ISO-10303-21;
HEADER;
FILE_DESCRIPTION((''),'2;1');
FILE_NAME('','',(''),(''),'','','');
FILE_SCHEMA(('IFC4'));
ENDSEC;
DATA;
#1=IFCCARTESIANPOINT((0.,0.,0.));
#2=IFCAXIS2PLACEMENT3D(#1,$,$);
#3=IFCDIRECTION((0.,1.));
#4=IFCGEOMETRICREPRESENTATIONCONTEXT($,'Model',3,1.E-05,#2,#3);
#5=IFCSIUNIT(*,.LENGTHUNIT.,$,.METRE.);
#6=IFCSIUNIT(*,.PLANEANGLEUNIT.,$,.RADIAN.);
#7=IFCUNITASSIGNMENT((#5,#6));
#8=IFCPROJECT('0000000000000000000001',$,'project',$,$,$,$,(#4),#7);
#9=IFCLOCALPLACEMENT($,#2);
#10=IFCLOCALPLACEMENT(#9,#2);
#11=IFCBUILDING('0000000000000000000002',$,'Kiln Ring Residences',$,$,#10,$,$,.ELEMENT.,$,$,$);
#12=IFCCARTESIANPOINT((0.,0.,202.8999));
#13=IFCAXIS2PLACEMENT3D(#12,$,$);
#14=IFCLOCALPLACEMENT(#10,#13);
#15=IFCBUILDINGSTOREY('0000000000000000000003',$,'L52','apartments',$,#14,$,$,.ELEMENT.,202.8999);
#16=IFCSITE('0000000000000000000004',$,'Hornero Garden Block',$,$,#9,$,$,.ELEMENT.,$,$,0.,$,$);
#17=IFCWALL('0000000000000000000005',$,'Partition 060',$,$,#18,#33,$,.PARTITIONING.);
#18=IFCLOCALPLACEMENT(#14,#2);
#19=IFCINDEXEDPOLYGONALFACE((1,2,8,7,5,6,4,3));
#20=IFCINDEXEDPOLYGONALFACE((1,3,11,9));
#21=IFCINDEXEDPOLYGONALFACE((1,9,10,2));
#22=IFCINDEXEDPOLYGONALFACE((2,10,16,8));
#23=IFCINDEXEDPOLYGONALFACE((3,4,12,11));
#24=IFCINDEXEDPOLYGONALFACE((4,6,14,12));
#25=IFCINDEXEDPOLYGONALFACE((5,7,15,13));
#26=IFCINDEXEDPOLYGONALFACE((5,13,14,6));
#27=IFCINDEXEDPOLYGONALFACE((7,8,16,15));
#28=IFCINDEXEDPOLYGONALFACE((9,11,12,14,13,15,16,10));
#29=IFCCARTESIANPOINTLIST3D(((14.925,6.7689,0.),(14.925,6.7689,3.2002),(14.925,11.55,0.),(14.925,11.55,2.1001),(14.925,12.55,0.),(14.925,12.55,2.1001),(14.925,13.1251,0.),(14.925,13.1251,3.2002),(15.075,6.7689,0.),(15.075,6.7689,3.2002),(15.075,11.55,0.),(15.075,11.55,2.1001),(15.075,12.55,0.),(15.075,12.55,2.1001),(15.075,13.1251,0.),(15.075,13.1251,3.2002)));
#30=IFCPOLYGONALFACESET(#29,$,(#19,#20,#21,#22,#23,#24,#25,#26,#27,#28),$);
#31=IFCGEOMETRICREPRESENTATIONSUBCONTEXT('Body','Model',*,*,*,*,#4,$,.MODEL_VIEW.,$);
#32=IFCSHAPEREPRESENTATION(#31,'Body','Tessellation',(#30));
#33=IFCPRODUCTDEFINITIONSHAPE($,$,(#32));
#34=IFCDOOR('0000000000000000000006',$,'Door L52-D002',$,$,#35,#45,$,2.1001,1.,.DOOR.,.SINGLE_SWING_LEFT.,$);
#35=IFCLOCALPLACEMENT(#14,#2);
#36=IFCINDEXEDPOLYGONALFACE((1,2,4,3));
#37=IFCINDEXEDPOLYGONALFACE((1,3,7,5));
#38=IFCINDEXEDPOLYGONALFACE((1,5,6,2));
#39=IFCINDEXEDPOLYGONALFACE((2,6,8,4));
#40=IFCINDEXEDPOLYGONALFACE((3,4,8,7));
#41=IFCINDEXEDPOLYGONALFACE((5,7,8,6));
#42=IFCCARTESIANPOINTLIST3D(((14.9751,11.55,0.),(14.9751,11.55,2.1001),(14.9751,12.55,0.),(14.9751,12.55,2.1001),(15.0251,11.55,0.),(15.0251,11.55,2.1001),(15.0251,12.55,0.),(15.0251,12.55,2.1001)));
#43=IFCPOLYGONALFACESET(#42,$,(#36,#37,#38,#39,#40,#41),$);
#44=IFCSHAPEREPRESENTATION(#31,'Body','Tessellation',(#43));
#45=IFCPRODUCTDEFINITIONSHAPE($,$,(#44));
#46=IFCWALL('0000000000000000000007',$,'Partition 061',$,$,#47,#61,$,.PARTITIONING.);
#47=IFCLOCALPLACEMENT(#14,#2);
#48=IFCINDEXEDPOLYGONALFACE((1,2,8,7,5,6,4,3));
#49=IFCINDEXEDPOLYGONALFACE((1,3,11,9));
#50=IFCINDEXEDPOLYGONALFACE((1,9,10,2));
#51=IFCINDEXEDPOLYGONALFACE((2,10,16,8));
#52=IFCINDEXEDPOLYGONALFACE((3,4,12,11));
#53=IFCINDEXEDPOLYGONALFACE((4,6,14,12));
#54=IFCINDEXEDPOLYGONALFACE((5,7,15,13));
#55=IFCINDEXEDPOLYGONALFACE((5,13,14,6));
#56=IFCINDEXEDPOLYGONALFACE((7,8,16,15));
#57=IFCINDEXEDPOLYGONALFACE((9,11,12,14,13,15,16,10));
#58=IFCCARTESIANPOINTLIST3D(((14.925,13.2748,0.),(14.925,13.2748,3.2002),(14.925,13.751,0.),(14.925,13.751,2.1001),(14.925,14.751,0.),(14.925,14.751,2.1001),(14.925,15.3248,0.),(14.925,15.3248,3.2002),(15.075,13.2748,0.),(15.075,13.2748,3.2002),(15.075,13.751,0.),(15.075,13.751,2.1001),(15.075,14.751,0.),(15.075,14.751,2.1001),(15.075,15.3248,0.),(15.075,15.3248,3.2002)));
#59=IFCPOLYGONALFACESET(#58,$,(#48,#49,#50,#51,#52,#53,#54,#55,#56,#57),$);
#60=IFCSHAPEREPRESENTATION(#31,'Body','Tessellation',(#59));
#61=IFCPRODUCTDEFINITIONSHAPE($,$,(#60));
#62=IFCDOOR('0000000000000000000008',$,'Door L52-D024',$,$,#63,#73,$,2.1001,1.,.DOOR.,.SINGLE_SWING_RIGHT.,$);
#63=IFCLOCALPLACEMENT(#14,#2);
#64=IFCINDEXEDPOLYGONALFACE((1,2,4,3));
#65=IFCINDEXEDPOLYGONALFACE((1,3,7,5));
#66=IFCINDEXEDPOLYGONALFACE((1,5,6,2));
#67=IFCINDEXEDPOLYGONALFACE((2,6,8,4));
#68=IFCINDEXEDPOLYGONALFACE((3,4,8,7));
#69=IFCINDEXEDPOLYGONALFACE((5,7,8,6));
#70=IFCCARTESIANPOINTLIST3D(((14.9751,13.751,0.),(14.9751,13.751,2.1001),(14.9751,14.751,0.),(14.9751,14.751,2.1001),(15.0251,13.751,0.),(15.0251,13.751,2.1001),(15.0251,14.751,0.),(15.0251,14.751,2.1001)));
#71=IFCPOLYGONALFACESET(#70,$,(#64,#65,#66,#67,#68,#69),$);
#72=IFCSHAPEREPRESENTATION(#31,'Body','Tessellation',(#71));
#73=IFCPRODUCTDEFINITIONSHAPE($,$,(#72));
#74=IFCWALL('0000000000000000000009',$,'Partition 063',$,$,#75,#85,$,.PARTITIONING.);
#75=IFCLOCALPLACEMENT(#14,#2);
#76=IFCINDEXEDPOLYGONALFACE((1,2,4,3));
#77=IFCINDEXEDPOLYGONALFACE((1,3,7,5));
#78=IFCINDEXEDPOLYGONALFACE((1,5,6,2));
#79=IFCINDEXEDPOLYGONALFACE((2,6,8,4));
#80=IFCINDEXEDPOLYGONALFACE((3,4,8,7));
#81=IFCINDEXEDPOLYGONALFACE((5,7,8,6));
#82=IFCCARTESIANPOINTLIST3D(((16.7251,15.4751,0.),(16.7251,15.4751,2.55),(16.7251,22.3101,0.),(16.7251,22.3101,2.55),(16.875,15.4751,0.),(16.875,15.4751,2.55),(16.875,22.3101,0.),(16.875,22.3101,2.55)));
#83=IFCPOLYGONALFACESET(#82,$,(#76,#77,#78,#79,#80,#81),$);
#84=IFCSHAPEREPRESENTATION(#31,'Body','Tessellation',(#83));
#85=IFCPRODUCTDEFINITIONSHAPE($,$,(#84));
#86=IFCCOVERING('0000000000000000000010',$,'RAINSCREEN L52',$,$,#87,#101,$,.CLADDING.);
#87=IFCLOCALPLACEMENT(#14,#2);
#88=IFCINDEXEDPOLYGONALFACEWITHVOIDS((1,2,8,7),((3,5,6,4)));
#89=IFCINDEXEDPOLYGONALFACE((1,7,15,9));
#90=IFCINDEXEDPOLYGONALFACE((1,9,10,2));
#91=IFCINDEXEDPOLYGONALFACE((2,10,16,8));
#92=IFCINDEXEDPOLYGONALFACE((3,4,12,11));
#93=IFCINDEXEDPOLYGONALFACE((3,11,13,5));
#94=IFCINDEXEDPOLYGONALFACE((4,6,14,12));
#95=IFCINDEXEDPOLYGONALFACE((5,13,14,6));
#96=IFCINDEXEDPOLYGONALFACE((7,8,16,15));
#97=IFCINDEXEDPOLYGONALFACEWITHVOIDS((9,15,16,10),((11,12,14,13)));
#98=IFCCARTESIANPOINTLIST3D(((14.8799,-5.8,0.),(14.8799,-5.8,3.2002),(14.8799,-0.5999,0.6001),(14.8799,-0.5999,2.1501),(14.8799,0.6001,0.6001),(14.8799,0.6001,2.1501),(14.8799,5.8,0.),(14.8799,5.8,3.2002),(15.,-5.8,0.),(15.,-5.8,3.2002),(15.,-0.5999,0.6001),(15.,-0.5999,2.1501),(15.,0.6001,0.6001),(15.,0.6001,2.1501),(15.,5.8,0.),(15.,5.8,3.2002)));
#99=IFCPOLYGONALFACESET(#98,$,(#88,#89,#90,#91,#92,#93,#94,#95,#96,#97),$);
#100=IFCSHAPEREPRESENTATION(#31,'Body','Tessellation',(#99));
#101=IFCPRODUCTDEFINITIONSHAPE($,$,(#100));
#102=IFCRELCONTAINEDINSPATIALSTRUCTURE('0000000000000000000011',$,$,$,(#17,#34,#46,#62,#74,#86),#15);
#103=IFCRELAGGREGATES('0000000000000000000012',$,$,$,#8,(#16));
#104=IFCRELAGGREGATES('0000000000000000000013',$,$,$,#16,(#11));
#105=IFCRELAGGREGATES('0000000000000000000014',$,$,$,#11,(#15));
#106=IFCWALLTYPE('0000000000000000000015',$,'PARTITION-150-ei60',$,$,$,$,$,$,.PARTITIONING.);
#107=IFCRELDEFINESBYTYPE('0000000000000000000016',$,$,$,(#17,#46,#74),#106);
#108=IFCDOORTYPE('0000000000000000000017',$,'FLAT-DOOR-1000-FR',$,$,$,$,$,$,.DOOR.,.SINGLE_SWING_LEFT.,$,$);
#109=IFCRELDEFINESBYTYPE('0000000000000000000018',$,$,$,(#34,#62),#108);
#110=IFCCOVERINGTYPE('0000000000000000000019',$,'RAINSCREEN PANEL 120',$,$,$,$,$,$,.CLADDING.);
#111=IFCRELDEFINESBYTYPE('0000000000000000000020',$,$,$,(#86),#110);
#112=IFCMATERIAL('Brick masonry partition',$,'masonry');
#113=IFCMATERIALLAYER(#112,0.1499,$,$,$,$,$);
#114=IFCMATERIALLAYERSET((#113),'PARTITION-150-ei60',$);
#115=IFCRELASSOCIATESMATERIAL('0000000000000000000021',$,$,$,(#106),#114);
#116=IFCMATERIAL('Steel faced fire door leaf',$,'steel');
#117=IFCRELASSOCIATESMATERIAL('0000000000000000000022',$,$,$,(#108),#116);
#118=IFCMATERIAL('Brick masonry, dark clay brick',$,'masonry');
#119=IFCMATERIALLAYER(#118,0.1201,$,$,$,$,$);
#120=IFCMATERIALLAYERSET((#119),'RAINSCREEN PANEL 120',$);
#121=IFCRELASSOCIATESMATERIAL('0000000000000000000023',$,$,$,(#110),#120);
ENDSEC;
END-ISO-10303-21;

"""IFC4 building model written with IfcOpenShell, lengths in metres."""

from ifc_helpers import new_model, si_unit, direction, frame, frame_2d, origin, place, context, subcontext, project, spatial, polyline, rectangle, outline, extrude, material, layer, layer_set, type_object, element, fill, save


model = new_model("IFC4")

# Units and contexts
model_context = context("Model", 3, precision=1e-05, world=origin(), true_north=direction((0.0, 1.0)))
body_context = subcontext(model_context, "Body", "Model", "MODEL_VIEW")
ifc_project = project(units=[si_unit("LENGTHUNIT", "METRE"), si_unit("PLANEANGLEUNIT", "RADIAN")], contexts=[model_context])

# Site, building, storey
site_placement = place(None, origin())
site = spatial("IfcSite", under=ifc_project, at=site_placement, Name="Hornero Garden Block", CompositionType="ELEMENT", RefElevation=0.0)
building_placement = place(site_placement, origin())
building = spatial("IfcBuilding", under=site, at=building_placement, Name="Kiln Ring Residences", CompositionType="ELEMENT")
storey_placement = place(building_placement, frame((0.0, 0.0, 202.8999)))
storey = spatial("IfcBuildingStorey", under=building, at=storey_placement, Name="L52", Description="apartments", CompositionType="ELEMENT", Elevation=202.8999)

# Shared definitions
ifc_material_1 = material(Name="Brick masonry partition", Category="masonry")
ifc_layer_1 = layer(ifc_material_1, 0.1499)
ifc_layer_set_1 = layer_set([ifc_layer_1], Name="PARTITION-150-ei60")
wall_type_1 = type_object("IfcWallType", Name="PARTITION-150-ei60", PredefinedType="PARTITIONING", material=ifc_layer_set_1)
ifc_material_2 = material(Name="Steel faced fire door leaf", Category="steel")
door_type_1 = type_object("IfcDoorType", Name="FLAT-DOOR-1000-FR", OperationType="SINGLE_SWING_LEFT", PredefinedType="DOOR", material=ifc_material_2)

# Walls, openings, doors
wall_1_placement = place(storey_placement, frame((15.0, 6.7688, 0.0), z_axis=(0.0, 0.0, 1.0), x_axis=(0.0, 1.0, 0.0)))
wall_1 = element("IfcWall", 1, at=wall_1_placement, inside=storey, type_object=wall_type_1, Name="Partition 060", PredefinedType="PARTITIONING", context=body_context, shape_type="SweptSolid", body=[
    extrude(rectangle(XDim=6.3562, YDim=0.1499, at=frame_2d((3.1782, 0.0))), origin(), (0.0, 0.0, 1.0), 3.2002),
])
opening_1_placement = place(wall_1_placement, frame((4.7812, 0.0, 0.0)))
opening_1 = element("IfcOpeningElement", 2, at=opening_1_placement, cuts=wall_1, PredefinedType="OPENING", context=body_context, shape_type="SweptSolid", body=[
    extrude(rectangle(XDim=1.0, YDim=2.1001, at=frame_2d((0.5, 1.05))), frame((0.0, 0.085, 0.0), z_axis=(0.0, -1.0, 0.0), x_axis=(1.0, 0.0, 0.0)), (0.0, 0.0, 1.0), 0.1699),
])
door_1_placement = place(opening_1_placement, origin())
door_1 = element("IfcDoor", 3, at=door_1_placement, inside=storey, type_object=door_type_1, Name="Door L52-D002", OperationType="SINGLE_SWING_LEFT", OverallHeight=2.1001, OverallWidth=1.0, PredefinedType="DOOR", context=body_context, shape_type="SweptSolid", body=[
    extrude(rectangle(XDim=1.0, YDim=2.1001, at=frame_2d((0.5, 1.05))), frame((0.0, 0.0249, 0.0), z_axis=(0.0, -1.0, 0.0), x_axis=(1.0, 0.0, 0.0)), (0.0, 0.0, 1.0), 0.05),
])
fill(opening_1, door_1)
wall_2_placement = place(storey_placement, frame((15.0, 13.2749, 0.0), z_axis=(0.0, 0.0, 1.0), x_axis=(0.0, 1.0, 0.0)))
wall_2 = element("IfcWall", 4, at=wall_2_placement, inside=storey, type_object=wall_type_1, Name="Partition 061", PredefinedType="PARTITIONING", context=body_context, shape_type="SweptSolid", body=[
    extrude(rectangle(XDim=2.05, YDim=0.1499, at=frame_2d((1.0249, 0.0))), origin(), (0.0, 0.0, 1.0), 3.2002),
])
opening_2_placement = place(wall_2_placement, frame((0.4761, 0.0, 0.0)))
opening_2 = element("IfcOpeningElement", 5, at=opening_2_placement, cuts=wall_2, PredefinedType="OPENING", context=body_context, shape_type="SweptSolid", body=[
    extrude(rectangle(XDim=1.0, YDim=2.1001, at=frame_2d((0.5, 1.05))), frame((0.0, 0.085, 0.0), z_axis=(0.0, -1.0, 0.0), x_axis=(1.0, 0.0, 0.0)), (0.0, 0.0, 1.0), 0.1699),
])
door_2_placement = place(opening_2_placement, origin())
door_2 = element("IfcDoor", 6, at=door_2_placement, inside=storey, type_object=door_type_1, Name="Door L52-D024", OperationType="SINGLE_SWING_RIGHT", OverallHeight=2.1001, OverallWidth=1.0, PredefinedType="DOOR", context=body_context, shape_type="SweptSolid", body=[
    extrude(rectangle(XDim=1.0, YDim=2.1001, at=frame_2d((0.5, 1.05))), frame((0.0, 0.0249, 0.0), z_axis=(0.0, -1.0, 0.0), x_axis=(1.0, 0.0, 0.0)), (0.0, 0.0, 1.0), 0.05),
])
fill(opening_2, door_2)

# Wall
wall_3_placement = place(storey_placement, frame((16.8, 15.4751, 0.0), z_axis=(0.0, 0.0, 1.0), x_axis=(0.0, 1.0, 0.0)))
element("IfcWall", 7, at=wall_3_placement, inside=storey, type_object=wall_type_1, Name="Partition 063", PredefinedType="PARTITIONING", context=body_context, shape_type="SweptSolid", body=[
    extrude(rectangle(XDim=6.835, YDim=0.1499, at=frame_2d((3.4175, 0.0))), origin(), (0.0, 0.0, 1.0), 2.55),
])

# Covering
ifc_material_3 = material(Name="Brick masonry, dark clay brick", Category="masonry")
ifc_layer_2 = layer(ifc_material_3, 0.1201)
ifc_layer_set_2 = layer_set([ifc_layer_2], Name="RAINSCREEN PANEL 120")
covering_type = type_object("IfcCoveringType", Name="RAINSCREEN PANEL 120", PredefinedType="CLADDING", material=ifc_layer_set_2)
covering_placement = place(storey_placement, frame((14.9399, 5.8, 0.0), z_axis=(0.0, 0.0, 1.0), x_axis=(0.0, -1.0, 0.0)))
element("IfcCovering", 8, at=covering_placement, inside=storey, type_object=covering_type, Name="RAINSCREEN L52", PredefinedType="CLADDING", context=body_context, shape_type="SweptSolid", body=[
    extrude(outline(polyline([(0.0, 0.0), (11.6001, 0.0), (11.6001, 3.2002), (0.0, 3.2002), (0.0, 0.0)]), holes=[polyline([(5.2, 2.1501), (5.2, 0.6001), (6.3999, 0.6001), (6.3999, 2.1501), (5.2, 2.1501)])]), frame((0.0, 0.0601, 0.0), z_axis=(0.0, -1.0, 0.0), x_axis=(1.0, 0.0, 0.0)), (0.0, 0.0, 1.0), 0.1201),
])

save(model, "model.ifc")
